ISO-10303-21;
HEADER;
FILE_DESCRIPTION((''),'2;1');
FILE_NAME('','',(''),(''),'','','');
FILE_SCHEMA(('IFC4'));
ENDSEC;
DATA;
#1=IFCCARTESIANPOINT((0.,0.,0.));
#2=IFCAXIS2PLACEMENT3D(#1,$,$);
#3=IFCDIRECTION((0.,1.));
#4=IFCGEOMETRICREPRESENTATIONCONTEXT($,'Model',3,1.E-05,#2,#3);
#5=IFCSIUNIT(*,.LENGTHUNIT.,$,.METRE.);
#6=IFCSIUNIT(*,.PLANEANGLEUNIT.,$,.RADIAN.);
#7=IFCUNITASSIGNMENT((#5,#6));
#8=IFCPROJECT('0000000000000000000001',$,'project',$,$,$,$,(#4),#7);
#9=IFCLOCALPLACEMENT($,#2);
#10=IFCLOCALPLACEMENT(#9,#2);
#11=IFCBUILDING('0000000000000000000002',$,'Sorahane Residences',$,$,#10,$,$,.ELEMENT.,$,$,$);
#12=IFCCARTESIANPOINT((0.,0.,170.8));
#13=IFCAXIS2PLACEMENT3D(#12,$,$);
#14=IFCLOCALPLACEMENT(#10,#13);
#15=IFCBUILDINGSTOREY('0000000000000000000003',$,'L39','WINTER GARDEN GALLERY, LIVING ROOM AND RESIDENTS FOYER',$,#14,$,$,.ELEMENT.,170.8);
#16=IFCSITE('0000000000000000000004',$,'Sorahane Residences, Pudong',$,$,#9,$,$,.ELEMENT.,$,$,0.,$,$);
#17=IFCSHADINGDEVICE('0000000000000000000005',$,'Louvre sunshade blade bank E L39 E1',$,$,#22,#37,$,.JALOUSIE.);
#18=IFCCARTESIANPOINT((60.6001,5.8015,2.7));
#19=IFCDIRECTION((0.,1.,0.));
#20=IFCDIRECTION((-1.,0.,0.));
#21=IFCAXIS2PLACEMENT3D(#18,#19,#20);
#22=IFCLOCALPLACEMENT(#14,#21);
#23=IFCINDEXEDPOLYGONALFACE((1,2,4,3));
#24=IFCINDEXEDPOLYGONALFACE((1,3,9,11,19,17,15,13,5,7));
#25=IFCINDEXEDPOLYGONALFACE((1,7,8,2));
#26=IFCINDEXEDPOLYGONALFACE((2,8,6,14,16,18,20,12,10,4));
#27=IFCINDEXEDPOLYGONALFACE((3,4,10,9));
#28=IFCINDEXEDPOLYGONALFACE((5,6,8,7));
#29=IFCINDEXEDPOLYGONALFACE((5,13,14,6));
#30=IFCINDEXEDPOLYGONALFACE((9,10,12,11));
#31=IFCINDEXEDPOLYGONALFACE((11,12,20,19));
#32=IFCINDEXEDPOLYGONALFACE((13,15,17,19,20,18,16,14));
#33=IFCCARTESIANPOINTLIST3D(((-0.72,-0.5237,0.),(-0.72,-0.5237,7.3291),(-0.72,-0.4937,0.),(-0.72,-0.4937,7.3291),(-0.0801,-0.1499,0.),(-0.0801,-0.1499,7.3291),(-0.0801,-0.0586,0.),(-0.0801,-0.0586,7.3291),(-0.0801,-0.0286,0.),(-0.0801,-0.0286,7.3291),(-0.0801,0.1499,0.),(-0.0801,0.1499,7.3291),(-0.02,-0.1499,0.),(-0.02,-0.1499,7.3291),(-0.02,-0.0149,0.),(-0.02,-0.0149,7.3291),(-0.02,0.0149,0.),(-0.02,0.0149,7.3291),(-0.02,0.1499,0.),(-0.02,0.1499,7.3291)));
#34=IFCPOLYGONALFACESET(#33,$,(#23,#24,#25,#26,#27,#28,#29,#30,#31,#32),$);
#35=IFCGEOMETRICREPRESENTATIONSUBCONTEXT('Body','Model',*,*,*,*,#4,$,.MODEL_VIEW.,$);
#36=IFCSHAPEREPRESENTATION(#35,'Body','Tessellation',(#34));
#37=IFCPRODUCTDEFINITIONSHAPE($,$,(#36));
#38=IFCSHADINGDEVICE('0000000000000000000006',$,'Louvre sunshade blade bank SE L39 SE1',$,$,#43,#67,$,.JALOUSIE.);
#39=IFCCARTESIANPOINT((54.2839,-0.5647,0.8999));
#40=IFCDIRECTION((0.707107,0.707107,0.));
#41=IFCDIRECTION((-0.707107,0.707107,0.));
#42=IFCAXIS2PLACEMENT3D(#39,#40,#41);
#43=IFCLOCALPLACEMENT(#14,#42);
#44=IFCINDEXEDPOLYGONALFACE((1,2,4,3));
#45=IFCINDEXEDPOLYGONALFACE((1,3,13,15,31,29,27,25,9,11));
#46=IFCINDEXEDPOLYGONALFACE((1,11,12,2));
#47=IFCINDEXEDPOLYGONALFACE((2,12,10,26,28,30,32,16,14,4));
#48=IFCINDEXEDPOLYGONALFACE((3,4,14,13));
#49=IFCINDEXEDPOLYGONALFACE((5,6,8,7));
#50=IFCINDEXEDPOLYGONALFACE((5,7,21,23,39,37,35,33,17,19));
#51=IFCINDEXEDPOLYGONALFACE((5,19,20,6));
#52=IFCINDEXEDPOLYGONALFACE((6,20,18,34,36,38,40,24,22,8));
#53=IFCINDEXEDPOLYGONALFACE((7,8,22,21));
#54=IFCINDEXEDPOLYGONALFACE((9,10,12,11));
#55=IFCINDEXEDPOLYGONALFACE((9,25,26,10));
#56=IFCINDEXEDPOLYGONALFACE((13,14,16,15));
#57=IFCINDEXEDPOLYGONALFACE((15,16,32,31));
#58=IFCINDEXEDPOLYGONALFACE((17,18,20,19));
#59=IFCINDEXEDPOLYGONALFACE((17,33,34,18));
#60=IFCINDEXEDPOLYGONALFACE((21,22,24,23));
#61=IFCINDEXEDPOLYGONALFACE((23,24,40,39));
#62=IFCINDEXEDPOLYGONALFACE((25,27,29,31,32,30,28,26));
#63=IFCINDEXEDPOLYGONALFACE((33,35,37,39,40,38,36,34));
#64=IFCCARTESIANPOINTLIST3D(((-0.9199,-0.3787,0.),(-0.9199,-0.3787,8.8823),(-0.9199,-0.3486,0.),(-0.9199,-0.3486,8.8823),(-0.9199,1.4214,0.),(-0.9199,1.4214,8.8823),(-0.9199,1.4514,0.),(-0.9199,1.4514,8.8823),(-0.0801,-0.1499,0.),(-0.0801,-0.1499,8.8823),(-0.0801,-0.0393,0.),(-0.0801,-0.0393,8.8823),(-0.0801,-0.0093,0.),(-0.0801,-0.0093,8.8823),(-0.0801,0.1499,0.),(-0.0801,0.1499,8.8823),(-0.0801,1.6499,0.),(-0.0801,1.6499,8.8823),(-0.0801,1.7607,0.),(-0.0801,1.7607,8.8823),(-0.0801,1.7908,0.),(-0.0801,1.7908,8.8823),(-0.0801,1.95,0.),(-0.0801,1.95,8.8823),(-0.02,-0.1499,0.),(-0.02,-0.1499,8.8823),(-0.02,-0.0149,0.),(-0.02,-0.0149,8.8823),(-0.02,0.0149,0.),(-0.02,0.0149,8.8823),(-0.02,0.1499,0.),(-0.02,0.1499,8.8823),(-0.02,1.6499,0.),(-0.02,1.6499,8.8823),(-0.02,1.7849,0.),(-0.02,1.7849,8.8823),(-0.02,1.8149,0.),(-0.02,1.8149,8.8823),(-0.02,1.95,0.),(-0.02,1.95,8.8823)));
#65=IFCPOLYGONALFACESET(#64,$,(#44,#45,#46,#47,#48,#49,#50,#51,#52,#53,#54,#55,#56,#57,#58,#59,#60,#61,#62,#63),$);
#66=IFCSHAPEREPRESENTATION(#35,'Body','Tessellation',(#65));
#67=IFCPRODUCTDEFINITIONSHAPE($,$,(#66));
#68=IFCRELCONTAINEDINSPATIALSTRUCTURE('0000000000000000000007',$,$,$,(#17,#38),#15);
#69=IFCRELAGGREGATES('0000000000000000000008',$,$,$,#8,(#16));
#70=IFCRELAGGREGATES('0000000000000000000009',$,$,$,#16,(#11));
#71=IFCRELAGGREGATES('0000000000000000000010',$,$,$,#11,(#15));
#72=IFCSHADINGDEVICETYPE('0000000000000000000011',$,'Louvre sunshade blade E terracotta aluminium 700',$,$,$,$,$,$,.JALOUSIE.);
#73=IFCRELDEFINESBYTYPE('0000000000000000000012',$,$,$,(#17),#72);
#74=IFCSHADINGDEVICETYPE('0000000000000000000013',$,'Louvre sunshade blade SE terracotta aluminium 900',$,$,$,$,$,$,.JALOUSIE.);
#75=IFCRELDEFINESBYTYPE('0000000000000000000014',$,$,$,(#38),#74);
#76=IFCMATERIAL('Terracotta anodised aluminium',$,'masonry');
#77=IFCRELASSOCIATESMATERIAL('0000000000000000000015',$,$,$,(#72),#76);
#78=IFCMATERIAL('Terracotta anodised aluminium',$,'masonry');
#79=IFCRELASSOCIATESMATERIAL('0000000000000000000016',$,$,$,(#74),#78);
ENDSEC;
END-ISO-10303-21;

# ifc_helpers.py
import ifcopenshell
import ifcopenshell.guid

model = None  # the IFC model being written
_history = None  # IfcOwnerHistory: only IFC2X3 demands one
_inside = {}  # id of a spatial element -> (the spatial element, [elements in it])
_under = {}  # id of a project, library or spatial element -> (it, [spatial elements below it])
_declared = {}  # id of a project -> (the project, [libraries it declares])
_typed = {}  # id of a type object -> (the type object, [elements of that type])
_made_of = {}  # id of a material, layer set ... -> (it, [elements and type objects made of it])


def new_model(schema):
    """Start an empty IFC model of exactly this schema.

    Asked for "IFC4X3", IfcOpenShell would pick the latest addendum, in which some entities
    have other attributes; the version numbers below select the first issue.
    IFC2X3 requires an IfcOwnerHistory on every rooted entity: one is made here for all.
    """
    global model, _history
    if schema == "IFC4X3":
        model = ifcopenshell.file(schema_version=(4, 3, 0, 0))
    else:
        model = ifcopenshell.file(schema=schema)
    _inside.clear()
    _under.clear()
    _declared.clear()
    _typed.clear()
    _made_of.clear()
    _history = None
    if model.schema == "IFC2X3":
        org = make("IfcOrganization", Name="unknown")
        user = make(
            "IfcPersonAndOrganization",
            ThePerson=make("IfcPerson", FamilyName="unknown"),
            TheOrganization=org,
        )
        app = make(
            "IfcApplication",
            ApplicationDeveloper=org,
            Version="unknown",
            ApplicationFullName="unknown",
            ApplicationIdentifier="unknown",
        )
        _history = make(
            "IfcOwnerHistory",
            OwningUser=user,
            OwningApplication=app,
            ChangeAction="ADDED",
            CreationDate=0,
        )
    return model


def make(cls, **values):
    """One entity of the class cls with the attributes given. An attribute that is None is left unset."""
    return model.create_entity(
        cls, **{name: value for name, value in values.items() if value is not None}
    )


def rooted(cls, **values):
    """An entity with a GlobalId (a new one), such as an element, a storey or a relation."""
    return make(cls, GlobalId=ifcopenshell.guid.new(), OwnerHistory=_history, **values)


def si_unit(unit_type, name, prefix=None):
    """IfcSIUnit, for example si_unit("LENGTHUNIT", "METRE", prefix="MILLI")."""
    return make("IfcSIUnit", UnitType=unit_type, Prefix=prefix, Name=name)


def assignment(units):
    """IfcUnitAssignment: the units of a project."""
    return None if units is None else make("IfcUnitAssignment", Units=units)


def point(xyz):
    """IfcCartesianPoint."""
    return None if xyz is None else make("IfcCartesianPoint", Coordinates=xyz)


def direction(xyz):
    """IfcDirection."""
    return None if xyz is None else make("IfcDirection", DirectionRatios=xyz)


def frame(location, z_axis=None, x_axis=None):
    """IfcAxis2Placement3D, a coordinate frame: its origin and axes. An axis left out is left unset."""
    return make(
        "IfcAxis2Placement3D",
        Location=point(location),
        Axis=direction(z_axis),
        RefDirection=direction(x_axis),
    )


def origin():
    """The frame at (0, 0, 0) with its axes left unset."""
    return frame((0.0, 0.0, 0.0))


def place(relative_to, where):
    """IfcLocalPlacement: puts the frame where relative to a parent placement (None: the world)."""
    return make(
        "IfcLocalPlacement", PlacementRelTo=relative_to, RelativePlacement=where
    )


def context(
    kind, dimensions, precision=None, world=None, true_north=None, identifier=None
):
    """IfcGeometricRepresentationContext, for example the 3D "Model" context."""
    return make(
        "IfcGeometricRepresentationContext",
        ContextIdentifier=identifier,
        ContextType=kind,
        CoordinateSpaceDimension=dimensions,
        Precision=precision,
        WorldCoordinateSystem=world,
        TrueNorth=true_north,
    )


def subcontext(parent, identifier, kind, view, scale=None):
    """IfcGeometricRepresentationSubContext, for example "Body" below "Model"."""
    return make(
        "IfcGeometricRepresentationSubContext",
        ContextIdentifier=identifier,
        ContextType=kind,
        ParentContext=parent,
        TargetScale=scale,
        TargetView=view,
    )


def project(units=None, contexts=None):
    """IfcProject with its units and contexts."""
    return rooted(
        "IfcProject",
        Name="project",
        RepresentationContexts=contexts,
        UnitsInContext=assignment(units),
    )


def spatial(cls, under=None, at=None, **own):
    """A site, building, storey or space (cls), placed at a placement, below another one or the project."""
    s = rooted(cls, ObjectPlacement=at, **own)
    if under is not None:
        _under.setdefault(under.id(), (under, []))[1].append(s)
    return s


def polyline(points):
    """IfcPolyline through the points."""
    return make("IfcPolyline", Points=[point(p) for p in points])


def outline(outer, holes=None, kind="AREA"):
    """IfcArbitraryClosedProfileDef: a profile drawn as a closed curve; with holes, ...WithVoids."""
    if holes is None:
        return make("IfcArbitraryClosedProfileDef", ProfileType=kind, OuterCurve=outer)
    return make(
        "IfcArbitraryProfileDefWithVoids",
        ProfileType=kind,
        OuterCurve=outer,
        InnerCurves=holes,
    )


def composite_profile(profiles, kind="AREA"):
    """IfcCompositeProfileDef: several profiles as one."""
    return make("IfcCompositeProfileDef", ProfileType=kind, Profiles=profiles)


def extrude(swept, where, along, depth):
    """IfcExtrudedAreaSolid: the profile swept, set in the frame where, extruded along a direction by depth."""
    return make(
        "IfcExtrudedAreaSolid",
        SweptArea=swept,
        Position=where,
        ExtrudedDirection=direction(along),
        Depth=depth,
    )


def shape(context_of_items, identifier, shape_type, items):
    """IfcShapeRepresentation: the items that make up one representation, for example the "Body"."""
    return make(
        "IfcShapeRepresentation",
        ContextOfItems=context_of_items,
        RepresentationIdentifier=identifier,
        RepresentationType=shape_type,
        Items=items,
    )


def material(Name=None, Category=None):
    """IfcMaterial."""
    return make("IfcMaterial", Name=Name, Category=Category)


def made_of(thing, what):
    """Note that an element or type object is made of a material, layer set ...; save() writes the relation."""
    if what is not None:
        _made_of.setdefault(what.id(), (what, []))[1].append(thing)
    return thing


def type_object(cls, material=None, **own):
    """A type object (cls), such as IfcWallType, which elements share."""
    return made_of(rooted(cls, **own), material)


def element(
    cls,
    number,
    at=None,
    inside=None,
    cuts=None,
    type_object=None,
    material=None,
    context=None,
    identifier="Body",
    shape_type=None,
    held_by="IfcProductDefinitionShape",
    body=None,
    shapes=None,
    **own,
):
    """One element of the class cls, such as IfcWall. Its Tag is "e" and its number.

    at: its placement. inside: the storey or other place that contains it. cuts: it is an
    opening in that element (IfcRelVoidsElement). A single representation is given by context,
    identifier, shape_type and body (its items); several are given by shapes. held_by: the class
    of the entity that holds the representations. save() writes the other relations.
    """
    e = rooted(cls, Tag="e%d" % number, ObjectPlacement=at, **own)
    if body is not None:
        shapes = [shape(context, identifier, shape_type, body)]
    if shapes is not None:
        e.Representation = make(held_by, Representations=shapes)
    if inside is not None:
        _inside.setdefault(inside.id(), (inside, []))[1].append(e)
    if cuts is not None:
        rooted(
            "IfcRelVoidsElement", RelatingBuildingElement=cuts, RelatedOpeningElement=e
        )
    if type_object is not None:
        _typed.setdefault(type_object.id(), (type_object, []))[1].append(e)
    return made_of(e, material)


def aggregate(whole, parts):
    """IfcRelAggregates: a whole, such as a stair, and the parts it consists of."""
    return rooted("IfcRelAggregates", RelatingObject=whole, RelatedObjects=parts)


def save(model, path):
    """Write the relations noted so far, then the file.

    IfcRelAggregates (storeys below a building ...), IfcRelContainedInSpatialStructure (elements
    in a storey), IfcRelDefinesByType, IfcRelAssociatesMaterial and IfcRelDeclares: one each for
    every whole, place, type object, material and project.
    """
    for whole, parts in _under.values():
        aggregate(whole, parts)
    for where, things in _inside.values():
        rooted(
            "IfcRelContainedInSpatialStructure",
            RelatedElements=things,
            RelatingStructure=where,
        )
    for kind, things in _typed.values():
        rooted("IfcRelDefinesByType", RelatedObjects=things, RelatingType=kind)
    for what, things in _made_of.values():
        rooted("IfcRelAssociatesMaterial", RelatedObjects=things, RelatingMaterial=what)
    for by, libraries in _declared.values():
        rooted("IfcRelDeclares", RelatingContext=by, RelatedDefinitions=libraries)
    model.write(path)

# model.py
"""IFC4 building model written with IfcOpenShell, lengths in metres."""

from ifc_helpers import new_model, si_unit, direction, frame, origin, place, context, subcontext, project, spatial, polyline, outline, composite_profile, extrude, material, type_object, element, save


model = new_model("IFC4")

# Units and contexts
model_context = context("Model", 3, precision=1e-05, world=origin(), true_north=direction((0.0, 1.0)))
body_context = subcontext(model_context, "Body", "Model", "MODEL_VIEW")
ifc_project = project(units=[si_unit("LENGTHUNIT", "METRE"), si_unit("PLANEANGLEUNIT", "RADIAN")], contexts=[model_context])

# Site, building, storey
site_placement = place(None, origin())
site = spatial("IfcSite", under=ifc_project, at=site_placement, Name="Sorahane Residences, Pudong", CompositionType="ELEMENT", RefElevation=0.0)
building_placement = place(site_placement, origin())
building = spatial("IfcBuilding", under=site, at=building_placement, Name="Sorahane Residences", CompositionType="ELEMENT")
storey_placement = place(building_placement, frame((0.0, 0.0, 170.8)))
storey = spatial("IfcBuildingStorey", under=building, at=storey_placement, Name="L39", Description="WINTER GARDEN GALLERY, LIVING ROOM AND RESIDENTS FOYER", CompositionType="ELEMENT", Elevation=170.8)

# Shading devices
ifc_material_1 = material(Name="Terracotta anodised aluminium", Category="masonry")
shading_device_type_1 = type_object("IfcShadingDeviceType", Name="Louvre sunshade blade E terracotta aluminium 700", PredefinedType="JALOUSIE", material=ifc_material_1)
shading_device_1_placement = place(storey_placement, frame((60.6001, 5.8015, 2.7), z_axis=(0.0, 1.0, 0.0), x_axis=(-1.0, 0.0, 0.0)))
element("IfcShadingDevice", 1, at=shading_device_1_placement, inside=storey, type_object=shading_device_type_1, Name="Louvre sunshade blade bank E L39 E1", PredefinedType="JALOUSIE", context=body_context, shape_type="SweptSolid", body=[
    extrude(outline(polyline([(-0.72, -0.4937), (-0.72, -0.5237), (-0.0801, -0.0586), (-0.0801, -0.1499), (-0.02, -0.1499), (-0.02, -0.0149), (-0.02, 0.0149), (-0.02, 0.1499), (-0.0801, 0.1499), (-0.0801, -0.0286), (-0.72, -0.4937)])), origin(), (0.0, 0.0, 1.0), 7.3291),
])
ifc_material_2 = material(Name="Terracotta anodised aluminium", Category="masonry")
shading_device_type_2 = type_object("IfcShadingDeviceType", Name="Louvre sunshade blade SE terracotta aluminium 900", PredefinedType="JALOUSIE", material=ifc_material_2)
shading_device_2_placement = place(storey_placement, frame((54.2839, -0.5647, 0.8999), z_axis=(0.707107, 0.707107, 0.0), x_axis=(-0.707107, 0.707107, 0.0)))
element("IfcShadingDevice", 2, at=shading_device_2_placement, inside=storey, type_object=shading_device_type_2, Name="Louvre sunshade blade bank SE L39 SE1", PredefinedType="JALOUSIE", context=body_context, shape_type="SweptSolid", body=[
    extrude(composite_profile([outline(polyline([(-0.9199, -0.3486), (-0.9199, -0.3787), (-0.0801, -0.0393), (-0.0801, -0.1499), (-0.02, -0.1499), (-0.02, -0.0149), (-0.02, 0.0149), (-0.02, 0.1499), (-0.0801, 0.1499), (-0.0801, -0.0093), (-0.9199, -0.3486)])), outline(polyline([(-0.9199, 1.4514), (-0.9199, 1.4214), (-0.0801, 1.7607), (-0.0801, 1.6499), (-0.02, 1.6499), (-0.02, 1.7849), (-0.02, 1.8149), (-0.02, 1.95), (-0.0801, 1.95), (-0.0801, 1.7908), (-0.9199, 1.4514)]))]), origin(), (0.0, 0.0, 1.0), 8.8823),
])

save(model, "model.ifc")
